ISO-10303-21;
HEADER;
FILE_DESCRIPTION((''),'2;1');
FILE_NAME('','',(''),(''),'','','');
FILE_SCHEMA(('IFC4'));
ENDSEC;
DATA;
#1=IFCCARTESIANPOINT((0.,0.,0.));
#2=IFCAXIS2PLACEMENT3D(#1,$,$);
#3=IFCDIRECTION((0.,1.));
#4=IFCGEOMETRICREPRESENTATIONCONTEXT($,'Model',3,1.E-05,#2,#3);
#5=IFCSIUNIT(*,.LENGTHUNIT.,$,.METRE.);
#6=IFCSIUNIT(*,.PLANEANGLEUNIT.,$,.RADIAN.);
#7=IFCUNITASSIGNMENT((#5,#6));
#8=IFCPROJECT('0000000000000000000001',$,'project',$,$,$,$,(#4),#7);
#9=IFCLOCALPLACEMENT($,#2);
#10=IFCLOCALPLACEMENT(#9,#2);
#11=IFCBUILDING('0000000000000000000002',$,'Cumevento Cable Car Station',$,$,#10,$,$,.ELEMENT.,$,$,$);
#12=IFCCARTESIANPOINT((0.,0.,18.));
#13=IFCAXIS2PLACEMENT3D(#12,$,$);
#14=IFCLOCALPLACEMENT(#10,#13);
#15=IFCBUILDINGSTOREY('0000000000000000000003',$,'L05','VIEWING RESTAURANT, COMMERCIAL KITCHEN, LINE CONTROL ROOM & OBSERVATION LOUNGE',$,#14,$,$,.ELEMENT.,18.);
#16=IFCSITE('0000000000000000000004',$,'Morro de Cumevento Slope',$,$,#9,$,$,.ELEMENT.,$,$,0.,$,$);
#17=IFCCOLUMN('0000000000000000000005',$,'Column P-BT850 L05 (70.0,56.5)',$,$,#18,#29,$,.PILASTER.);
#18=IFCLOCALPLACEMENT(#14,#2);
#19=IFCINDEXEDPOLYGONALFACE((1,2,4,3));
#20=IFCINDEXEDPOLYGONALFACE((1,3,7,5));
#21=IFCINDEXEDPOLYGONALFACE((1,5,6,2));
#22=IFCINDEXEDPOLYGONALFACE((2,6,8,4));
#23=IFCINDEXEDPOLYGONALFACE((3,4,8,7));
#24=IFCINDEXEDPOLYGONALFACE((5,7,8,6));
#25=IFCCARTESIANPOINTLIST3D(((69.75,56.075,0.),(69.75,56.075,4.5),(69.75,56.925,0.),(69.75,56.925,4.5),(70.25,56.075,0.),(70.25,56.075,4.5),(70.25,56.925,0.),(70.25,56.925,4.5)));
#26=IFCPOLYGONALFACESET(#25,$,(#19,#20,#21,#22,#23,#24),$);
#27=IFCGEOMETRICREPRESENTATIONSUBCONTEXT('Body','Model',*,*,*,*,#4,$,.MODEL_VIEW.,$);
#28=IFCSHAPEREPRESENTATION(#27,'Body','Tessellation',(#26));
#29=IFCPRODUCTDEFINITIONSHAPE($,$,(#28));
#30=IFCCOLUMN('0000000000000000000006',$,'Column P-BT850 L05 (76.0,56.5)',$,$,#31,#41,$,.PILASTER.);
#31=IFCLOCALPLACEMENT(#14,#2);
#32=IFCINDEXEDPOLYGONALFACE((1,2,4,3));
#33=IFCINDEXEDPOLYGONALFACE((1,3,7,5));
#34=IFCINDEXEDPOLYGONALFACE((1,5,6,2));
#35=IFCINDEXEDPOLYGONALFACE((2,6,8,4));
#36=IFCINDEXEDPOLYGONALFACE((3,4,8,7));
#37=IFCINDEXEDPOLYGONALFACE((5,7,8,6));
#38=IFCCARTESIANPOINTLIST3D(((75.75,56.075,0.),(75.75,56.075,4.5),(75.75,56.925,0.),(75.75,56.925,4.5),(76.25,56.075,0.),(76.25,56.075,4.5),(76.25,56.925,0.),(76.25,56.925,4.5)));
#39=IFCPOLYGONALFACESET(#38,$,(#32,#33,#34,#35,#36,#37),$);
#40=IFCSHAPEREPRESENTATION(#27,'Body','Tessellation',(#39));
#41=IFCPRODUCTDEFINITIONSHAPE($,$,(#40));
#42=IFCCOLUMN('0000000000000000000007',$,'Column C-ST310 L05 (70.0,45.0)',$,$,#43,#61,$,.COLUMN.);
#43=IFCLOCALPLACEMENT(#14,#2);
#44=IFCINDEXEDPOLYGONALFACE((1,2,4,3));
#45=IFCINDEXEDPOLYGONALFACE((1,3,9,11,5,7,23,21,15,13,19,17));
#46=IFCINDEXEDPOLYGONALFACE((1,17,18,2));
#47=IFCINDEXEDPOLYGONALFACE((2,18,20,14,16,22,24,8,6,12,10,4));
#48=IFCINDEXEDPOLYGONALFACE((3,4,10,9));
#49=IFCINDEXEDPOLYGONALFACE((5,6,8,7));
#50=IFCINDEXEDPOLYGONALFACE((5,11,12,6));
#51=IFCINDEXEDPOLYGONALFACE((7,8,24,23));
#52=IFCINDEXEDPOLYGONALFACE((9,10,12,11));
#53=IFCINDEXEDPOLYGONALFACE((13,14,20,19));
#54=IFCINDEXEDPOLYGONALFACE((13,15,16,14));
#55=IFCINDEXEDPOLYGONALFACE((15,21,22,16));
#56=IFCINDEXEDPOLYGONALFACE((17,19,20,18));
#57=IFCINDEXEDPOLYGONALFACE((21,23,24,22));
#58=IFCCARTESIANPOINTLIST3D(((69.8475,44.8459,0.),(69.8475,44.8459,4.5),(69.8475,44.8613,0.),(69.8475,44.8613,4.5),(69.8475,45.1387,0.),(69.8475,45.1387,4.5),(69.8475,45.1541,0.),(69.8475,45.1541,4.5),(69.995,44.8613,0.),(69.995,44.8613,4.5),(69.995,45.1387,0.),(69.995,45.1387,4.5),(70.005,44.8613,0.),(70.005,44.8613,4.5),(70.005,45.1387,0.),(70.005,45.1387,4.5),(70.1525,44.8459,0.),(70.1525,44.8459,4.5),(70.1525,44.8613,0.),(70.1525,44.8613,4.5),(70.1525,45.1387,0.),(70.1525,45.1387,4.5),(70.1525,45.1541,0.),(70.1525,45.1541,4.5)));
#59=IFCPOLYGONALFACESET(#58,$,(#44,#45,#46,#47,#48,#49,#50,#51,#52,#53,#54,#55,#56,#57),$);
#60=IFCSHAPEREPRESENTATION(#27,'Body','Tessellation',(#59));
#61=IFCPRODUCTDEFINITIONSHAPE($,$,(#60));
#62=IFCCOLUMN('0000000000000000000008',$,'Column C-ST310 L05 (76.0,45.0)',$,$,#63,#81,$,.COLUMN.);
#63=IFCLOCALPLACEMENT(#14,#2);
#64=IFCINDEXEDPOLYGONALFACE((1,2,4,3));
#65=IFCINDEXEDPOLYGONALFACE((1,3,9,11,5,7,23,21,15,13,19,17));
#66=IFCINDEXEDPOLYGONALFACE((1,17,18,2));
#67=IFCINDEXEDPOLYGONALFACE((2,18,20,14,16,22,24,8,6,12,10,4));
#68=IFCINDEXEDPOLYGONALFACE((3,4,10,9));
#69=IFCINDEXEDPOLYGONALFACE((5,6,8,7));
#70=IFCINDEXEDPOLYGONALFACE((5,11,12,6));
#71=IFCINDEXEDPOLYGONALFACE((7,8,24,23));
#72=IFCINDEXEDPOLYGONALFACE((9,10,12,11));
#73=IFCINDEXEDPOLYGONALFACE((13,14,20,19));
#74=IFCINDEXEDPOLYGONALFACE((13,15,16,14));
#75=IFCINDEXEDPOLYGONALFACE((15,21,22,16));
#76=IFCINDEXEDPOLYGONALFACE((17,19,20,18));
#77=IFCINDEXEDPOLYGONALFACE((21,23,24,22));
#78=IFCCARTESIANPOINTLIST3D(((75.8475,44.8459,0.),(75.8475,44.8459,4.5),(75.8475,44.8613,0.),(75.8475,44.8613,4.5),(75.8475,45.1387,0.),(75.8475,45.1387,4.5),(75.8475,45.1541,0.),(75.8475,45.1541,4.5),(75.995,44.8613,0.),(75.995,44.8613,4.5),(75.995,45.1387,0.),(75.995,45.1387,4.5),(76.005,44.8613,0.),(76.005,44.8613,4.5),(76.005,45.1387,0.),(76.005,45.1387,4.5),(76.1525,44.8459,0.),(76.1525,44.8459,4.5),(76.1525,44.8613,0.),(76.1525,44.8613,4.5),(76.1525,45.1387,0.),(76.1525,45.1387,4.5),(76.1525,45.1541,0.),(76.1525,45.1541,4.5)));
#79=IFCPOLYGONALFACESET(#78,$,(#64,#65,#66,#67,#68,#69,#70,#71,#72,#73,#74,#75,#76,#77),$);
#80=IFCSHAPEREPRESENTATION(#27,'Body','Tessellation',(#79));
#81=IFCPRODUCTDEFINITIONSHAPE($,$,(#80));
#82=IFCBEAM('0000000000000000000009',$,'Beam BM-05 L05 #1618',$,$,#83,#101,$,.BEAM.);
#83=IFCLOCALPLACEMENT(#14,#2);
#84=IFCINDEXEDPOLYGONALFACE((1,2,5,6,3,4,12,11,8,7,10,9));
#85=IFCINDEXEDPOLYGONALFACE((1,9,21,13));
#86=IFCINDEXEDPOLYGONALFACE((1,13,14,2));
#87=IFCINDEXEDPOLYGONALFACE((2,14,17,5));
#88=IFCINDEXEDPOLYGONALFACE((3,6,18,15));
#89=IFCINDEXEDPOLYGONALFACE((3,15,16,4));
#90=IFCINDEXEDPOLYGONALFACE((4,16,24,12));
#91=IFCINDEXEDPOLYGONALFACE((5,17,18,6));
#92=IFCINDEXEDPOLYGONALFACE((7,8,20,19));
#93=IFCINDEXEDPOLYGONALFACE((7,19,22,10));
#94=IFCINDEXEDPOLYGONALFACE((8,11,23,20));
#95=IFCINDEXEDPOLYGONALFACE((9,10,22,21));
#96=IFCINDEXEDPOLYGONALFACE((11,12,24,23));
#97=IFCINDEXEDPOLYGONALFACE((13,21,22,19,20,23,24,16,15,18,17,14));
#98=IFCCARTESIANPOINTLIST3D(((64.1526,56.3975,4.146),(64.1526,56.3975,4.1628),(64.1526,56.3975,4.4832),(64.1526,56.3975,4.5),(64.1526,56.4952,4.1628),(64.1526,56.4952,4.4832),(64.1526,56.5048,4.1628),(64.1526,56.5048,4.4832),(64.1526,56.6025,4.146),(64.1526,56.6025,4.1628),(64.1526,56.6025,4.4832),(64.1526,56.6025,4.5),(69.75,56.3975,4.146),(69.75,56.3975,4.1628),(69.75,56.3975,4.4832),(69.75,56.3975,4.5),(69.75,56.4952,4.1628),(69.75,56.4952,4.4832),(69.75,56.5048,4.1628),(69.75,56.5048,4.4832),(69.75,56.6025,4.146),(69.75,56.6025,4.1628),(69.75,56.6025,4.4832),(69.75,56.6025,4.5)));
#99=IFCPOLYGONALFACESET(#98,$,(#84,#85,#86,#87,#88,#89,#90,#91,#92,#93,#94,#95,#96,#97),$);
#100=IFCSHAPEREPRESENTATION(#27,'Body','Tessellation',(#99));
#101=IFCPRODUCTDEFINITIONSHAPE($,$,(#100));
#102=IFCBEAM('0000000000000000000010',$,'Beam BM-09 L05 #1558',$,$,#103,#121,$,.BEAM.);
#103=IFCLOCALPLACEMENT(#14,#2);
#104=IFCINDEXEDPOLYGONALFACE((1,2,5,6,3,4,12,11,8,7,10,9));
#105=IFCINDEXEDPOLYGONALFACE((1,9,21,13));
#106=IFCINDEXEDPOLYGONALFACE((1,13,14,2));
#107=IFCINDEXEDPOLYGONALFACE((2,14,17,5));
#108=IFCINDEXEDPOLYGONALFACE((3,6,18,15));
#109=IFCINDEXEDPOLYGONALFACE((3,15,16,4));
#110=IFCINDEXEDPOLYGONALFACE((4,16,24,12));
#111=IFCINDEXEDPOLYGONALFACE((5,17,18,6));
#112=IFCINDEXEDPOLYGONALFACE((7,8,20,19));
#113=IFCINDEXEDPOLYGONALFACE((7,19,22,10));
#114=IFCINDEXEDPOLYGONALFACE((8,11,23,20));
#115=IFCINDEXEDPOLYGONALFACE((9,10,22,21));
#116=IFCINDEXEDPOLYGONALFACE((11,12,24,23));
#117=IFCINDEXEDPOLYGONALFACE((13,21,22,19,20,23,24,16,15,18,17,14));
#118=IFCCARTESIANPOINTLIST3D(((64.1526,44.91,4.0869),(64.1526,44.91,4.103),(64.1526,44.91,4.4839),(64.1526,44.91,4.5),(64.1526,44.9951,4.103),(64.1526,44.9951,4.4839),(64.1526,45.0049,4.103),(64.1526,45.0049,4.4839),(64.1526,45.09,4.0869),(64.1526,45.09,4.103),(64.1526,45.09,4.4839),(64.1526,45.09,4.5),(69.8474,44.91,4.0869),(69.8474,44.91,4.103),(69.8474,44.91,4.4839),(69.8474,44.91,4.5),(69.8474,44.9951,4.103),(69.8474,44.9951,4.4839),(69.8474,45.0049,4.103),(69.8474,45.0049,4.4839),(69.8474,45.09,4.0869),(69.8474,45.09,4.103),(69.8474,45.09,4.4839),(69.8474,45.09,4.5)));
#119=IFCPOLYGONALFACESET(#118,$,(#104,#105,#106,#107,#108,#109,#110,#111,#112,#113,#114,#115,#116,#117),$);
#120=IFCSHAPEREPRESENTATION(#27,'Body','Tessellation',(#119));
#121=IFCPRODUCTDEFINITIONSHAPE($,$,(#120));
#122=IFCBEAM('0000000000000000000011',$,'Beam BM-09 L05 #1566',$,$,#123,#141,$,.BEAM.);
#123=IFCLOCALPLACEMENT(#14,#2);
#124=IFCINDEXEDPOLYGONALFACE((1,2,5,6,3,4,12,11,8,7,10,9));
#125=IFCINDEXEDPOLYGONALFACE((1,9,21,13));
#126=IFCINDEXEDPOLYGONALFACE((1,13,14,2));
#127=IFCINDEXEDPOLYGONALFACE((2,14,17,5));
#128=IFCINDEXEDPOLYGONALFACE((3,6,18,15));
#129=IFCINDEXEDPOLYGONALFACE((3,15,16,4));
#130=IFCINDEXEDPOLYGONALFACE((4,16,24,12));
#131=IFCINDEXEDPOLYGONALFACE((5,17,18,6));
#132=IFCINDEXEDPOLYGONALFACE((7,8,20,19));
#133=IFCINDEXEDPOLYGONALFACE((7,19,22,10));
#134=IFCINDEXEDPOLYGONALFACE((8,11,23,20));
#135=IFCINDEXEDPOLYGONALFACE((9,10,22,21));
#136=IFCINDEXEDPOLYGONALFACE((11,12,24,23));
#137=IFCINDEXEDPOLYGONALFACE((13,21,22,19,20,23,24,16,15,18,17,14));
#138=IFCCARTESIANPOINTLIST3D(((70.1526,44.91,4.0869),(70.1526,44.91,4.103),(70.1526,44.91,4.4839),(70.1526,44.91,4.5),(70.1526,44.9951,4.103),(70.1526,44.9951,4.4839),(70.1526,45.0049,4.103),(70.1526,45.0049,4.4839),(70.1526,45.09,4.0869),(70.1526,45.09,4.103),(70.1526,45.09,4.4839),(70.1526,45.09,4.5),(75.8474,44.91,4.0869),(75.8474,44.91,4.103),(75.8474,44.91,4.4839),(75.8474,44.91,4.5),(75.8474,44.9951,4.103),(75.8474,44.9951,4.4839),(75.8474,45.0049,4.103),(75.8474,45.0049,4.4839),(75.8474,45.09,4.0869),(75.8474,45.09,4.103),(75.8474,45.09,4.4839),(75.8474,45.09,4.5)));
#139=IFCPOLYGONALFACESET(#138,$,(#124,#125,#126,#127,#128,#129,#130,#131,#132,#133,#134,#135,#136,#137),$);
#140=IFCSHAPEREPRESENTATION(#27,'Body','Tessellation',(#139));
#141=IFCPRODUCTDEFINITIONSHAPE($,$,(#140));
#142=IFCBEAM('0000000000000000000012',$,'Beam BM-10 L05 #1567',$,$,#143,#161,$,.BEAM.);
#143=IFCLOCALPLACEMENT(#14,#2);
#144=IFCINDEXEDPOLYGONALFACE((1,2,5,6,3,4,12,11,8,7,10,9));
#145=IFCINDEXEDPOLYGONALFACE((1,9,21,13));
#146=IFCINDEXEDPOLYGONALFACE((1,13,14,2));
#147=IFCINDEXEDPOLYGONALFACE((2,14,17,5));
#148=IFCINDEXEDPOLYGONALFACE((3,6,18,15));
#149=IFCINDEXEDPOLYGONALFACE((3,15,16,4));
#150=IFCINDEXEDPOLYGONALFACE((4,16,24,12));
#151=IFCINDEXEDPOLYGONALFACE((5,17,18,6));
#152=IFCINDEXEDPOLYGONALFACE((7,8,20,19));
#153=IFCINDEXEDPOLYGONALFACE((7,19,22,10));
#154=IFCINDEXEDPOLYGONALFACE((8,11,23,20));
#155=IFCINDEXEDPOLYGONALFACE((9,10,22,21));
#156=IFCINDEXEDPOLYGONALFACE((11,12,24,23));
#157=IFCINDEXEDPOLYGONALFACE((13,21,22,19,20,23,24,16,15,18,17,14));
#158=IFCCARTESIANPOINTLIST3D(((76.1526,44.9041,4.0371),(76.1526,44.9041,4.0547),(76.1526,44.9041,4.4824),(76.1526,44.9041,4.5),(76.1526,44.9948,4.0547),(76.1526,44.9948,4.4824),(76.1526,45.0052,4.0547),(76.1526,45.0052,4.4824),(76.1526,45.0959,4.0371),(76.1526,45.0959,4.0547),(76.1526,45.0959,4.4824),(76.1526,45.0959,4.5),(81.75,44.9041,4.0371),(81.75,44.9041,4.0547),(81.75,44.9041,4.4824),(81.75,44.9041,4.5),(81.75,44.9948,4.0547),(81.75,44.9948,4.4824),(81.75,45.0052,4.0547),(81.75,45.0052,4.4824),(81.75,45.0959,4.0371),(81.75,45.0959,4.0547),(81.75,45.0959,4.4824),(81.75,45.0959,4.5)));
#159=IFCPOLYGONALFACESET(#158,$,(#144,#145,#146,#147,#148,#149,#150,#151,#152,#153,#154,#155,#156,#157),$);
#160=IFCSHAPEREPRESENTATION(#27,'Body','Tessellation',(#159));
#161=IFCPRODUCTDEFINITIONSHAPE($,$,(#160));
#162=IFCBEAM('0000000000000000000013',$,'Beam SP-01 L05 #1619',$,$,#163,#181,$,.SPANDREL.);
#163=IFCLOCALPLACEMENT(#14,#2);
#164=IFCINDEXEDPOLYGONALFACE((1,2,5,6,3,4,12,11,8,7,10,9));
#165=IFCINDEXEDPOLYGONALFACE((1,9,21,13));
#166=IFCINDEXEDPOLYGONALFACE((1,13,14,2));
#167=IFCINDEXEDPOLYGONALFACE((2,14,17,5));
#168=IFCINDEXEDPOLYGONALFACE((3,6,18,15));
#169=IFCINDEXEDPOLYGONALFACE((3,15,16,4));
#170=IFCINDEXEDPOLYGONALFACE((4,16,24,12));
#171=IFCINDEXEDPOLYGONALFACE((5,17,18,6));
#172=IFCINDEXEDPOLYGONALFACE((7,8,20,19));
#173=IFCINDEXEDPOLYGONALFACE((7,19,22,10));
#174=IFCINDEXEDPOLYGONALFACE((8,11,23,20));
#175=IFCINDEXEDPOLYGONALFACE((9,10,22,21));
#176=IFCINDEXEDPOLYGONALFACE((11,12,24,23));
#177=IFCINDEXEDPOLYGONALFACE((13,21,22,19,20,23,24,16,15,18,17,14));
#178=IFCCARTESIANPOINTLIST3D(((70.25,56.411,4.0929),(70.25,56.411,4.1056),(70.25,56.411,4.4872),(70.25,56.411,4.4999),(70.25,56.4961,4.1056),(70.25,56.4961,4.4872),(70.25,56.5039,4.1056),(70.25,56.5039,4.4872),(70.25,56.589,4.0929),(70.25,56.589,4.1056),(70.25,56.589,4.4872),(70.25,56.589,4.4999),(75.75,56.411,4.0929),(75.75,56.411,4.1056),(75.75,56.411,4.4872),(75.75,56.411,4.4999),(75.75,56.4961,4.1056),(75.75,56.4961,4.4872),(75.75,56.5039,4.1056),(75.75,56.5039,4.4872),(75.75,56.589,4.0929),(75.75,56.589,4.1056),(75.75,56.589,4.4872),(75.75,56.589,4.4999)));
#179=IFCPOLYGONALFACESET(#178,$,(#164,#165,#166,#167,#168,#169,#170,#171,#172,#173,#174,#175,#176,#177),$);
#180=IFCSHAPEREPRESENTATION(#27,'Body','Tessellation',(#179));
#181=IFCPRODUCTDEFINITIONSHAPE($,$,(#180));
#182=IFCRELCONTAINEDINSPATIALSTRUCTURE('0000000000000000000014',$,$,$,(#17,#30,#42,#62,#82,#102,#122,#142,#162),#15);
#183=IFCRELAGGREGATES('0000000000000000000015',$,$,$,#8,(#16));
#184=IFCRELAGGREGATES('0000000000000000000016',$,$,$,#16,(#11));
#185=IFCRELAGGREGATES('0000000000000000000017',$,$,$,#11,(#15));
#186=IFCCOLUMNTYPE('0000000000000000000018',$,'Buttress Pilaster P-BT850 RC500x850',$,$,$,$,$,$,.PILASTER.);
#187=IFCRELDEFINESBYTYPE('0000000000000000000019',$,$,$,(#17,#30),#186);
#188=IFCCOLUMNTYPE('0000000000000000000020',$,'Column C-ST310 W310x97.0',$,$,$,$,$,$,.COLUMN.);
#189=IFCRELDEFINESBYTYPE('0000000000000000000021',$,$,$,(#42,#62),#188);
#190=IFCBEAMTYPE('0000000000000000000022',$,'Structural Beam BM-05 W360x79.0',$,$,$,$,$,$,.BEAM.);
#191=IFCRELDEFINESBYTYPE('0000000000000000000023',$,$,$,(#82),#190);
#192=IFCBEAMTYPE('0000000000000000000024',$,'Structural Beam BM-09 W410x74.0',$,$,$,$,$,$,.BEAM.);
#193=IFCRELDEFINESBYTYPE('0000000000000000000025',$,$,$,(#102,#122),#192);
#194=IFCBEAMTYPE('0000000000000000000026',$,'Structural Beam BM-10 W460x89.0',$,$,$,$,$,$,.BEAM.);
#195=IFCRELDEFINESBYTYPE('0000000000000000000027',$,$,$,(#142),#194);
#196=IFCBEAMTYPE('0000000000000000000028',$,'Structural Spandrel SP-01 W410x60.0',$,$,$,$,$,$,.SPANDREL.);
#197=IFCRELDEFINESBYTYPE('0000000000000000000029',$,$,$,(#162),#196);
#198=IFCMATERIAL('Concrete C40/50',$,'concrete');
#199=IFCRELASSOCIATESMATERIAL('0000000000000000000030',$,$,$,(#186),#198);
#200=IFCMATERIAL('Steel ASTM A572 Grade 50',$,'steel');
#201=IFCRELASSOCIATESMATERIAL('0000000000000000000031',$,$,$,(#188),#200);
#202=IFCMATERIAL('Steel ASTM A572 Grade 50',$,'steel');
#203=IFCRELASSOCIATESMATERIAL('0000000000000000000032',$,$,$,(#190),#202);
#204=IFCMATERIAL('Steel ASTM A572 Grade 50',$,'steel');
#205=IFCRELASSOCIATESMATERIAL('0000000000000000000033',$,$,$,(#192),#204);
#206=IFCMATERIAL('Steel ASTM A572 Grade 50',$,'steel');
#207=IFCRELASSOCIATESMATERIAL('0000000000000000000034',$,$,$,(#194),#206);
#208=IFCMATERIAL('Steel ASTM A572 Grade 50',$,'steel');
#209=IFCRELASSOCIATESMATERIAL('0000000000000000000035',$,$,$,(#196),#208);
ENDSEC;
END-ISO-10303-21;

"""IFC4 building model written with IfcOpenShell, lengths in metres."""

from ifc_helpers import new_model, si_unit, direction, frame, origin, origin_2d, place, context, subcontext, project, spatial, rectangle, i_section, extrude, material, material_profile, profile_set, type_object, element, save


model = new_model("IFC4")

# Units and contexts
model_context = context("Model", 3, precision=1e-05, world=origin(), true_north=direction((0.0, 1.0)))
body_context = subcontext(model_context, "Body", "Model", "MODEL_VIEW")
ifc_project = project(units=[si_unit("LENGTHUNIT", "METRE"), si_unit("PLANEANGLEUNIT", "RADIAN")], contexts=[model_context])

# Site, building, storey
site_placement = place(None, origin())
site = spatial("IfcSite", under=ifc_project, at=site_placement, Name="Morro de Cumevento Slope", CompositionType="ELEMENT", RefElevation=0.0)
building_placement = place(site_placement, origin())
building = spatial("IfcBuilding", under=site, at=building_placement, Name="Cumevento Cable Car Station", CompositionType="ELEMENT")
storey_placement = place(building_placement, frame((0.0, 0.0, 18.0)))
storey = spatial("IfcBuildingStorey", under=building, at=storey_placement, Name="L05", Description="VIEWING RESTAURANT, COMMERCIAL KITCHEN, LINE CONTROL ROOM & OBSERVATION LOUNGE", CompositionType="ELEMENT", Elevation=18.0)

# Columns
ifc_material_1 = material(Name="Concrete C40/50", Category="concrete")
ifc_material_profile_1 = material_profile(ifc_material_1, rectangle(XDim=0.5, YDim=0.8501, at=origin_2d()), Name="RC500x850")
ifc_profile_set_1 = profile_set([ifc_material_profile_1], Name="Concrete C40/50")
column_type_1 = type_object("IfcColumnType", Name="Buttress Pilaster P-BT850 RC500x850", PredefinedType="PILASTER", material=ifc_profile_set_1)
for number, where, z_axis, x_axis, name in (
    (1, (70.0, 56.5, 0.0), (0.0, 0.0, 1.0), (1.0, 0.0, 0.0), "Column P-BT850 L05 (70.0,56.5)"),
    (2, (76.0, 56.5, 0.0), (0.0, 0.0, 1.0), (1.0, 0.0, 0.0), "Column P-BT850 L05 (76.0,56.5)"),
):
    element("IfcColumn", number, at=place(storey_placement, frame(where, z_axis=z_axis, x_axis=x_axis)), inside=storey, type_object=column_type_1, Name=name, PredefinedType="PILASTER", context=body_context, shape_type="SweptSolid", body=[
        extrude(rectangle(XDim=0.5, YDim=0.8501, at=origin_2d()), origin(), (0.0, 0.0, 1.0), 4.5),
    ])
ifc_material_2 = material(Name="Steel ASTM A572 Grade 50", Category="steel")
ifc_material_profile_2 = material_profile(ifc_material_2, i_section(OverallWidth=0.3049, OverallDepth=0.3081, WebThickness=0.01, FlangeThickness=0.0154, at=origin_2d()), Name="W310x97.0")
ifc_profile_set_2 = profile_set([ifc_material_profile_2], Name="Steel ASTM A572 Grade 50")
column_type_2 = type_object("IfcColumnType", Name="Column C-ST310 W310x97.0", PredefinedType="COLUMN", material=ifc_profile_set_2)
for number, where, z_axis, x_axis, name in (
    (3, (70.0, 45.0, 0.0), (0.0, 0.0, 1.0), (1.0, 0.0, 0.0), "Column C-ST310 L05 (70.0,45.0)"),
    (4, (76.0, 45.0, 0.0), (0.0, 0.0, 1.0), (1.0, 0.0, 0.0), "Column C-ST310 L05 (76.0,45.0)"),
):
    element("IfcColumn", number, at=place(storey_placement, frame(where, z_axis=z_axis, x_axis=x_axis)), inside=storey, type_object=column_type_2, Name=name, PredefinedType="COLUMN", context=body_context, shape_type="SweptSolid", body=[
        extrude(i_section(OverallWidth=0.3049, OverallDepth=0.3081, WebThickness=0.01, FlangeThickness=0.0154, at=origin_2d()), origin(), (0.0, 0.0, 1.0), 4.5),
    ])

# Beams
ifc_material_3 = material(Name="Steel ASTM A572 Grade 50", Category="steel")
ifc_material_profile_3 = material_profile(ifc_material_3, i_section(OverallWidth=0.2051, OverallDepth=0.354, WebThickness=0.0095, FlangeThickness=0.0168, at=origin_2d()), Name="W360x79.0")
ifc_profile_set_3 = profile_set([ifc_material_profile_3], Name="Steel ASTM A572 Grade 50")
beam_type_1 = type_object("IfcBeamType", Name="Structural Beam BM-05 W360x79.0", PredefinedType="BEAM", material=ifc_profile_set_3)
beam_1_placement = place(storey_placement, frame((64.1526, 56.5, 4.323), z_axis=(1.0, 0.0, 0.0), x_axis=(0.0, 1.0, 0.0)))
element("IfcBeam", 5, at=beam_1_placement, inside=storey, type_object=beam_type_1, Name="Beam BM-05 L05 #1618", PredefinedType="BEAM", context=body_context, shape_type="SweptSolid", body=[
    extrude(i_section(OverallWidth=0.2051, OverallDepth=0.354, WebThickness=0.0095, FlangeThickness=0.0168, at=origin_2d()), origin(), (0.0, 0.0, 1.0), 5.5974),
])
ifc_material_4 = material(Name="Steel ASTM A572 Grade 50", Category="steel")
ifc_material_profile_4 = material_profile(ifc_material_4, i_section(OverallWidth=0.1799, OverallDepth=0.4131, WebThickness=0.0098, FlangeThickness=0.0161, at=origin_2d()), Name="W410x74.0")
ifc_profile_set_4 = profile_set([ifc_material_profile_4], Name="Steel ASTM A572 Grade 50")
beam_type_2 = type_object("IfcBeamType", Name="Structural Beam BM-09 W410x74.0", PredefinedType="BEAM", material=ifc_profile_set_4)
for number, where, z_axis, x_axis, name in (
    (6, (64.1526, 45.0, 4.2935), (1.0, 0.0, 0.0), (0.0, 1.0, 0.0), "Beam BM-09 L05 #1558"),
    (7, (70.1526, 45.0, 4.2935), (1.0, 0.0, 0.0), (0.0, 1.0, 0.0), "Beam BM-09 L05 #1566"),
):
    element("IfcBeam", number, at=place(storey_placement, frame(where, z_axis=z_axis, x_axis=x_axis)), inside=storey, type_object=beam_type_2, Name=name, PredefinedType="BEAM", context=body_context, shape_type="SweptSolid", body=[
        extrude(i_section(OverallWidth=0.1799, OverallDepth=0.4131, WebThickness=0.0098, FlangeThickness=0.0161, at=origin_2d()), origin(), (0.0, 0.0, 1.0), 5.6948),
    ])
ifc_material_5 = material(Name="Steel ASTM A572 Grade 50", Category="steel")
ifc_material_profile_5 = material_profile(ifc_material_5, i_section(OverallWidth=0.1919, OverallDepth=0.4629, WebThickness=0.0105, FlangeThickness=0.0176, at=origin_2d()), Name="W460x89.0")
ifc_profile_set_5 = profile_set([ifc_material_profile_5], Name="Steel ASTM A572 Grade 50")
beam_type_3 = type_object("IfcBeamType", Name="Structural Beam BM-10 W460x89.0", PredefinedType="BEAM", material=ifc_profile_set_5)
beam_2_placement = place(storey_placement, frame((76.1526, 45.0, 4.2686), z_axis=(1.0, 0.0, 0.0), x_axis=(0.0, 1.0, 0.0)))
element("IfcBeam", 8, at=beam_2_placement, inside=storey, type_object=beam_type_3, Name="Beam BM-10 L05 #1567", PredefinedType="BEAM", context=body_context, shape_type="SweptSolid", body=[
    extrude(i_section(OverallWidth=0.1919, OverallDepth=0.4629, WebThickness=0.0105, FlangeThickness=0.0176, at=origin_2d()), origin(), (0.0, 0.0, 1.0), 5.5974),
])
ifc_material_6 = material(Name="Steel ASTM A572 Grade 50", Category="steel")
ifc_material_profile_6 = material_profile(ifc_material_6, i_section(OverallWidth=0.178, OverallDepth=0.407, WebThickness=0.0078, FlangeThickness=0.0127, at=origin_2d()), Name="W410x60.0")
ifc_profile_set_6 = profile_set([ifc_material_profile_6], Name="Steel ASTM A572 Grade 50")
beam_type_4 = type_object("IfcBeamType", Name="Structural Spandrel SP-01 W410x60.0", PredefinedType="SPANDREL", material=ifc_profile_set_6)
beam_3_placement = place(storey_placement, frame((70.25, 56.5, 4.2964), z_axis=(1.0, 0.0, 0.0), x_axis=(0.0, 1.0, 0.0)))
element("IfcBeam", 9, at=beam_3_placement, inside=storey, type_object=beam_type_4, Name="Beam SP-01 L05 #1619", PredefinedType="SPANDREL", context=body_context, shape_type="SweptSolid", body=[
    extrude(i_section(OverallWidth=0.178, OverallDepth=0.407, WebThickness=0.0078, FlangeThickness=0.0127, at=origin_2d()), origin(), (0.0, 0.0, 1.0), 5.5),
])

save(model, "model.ifc")
